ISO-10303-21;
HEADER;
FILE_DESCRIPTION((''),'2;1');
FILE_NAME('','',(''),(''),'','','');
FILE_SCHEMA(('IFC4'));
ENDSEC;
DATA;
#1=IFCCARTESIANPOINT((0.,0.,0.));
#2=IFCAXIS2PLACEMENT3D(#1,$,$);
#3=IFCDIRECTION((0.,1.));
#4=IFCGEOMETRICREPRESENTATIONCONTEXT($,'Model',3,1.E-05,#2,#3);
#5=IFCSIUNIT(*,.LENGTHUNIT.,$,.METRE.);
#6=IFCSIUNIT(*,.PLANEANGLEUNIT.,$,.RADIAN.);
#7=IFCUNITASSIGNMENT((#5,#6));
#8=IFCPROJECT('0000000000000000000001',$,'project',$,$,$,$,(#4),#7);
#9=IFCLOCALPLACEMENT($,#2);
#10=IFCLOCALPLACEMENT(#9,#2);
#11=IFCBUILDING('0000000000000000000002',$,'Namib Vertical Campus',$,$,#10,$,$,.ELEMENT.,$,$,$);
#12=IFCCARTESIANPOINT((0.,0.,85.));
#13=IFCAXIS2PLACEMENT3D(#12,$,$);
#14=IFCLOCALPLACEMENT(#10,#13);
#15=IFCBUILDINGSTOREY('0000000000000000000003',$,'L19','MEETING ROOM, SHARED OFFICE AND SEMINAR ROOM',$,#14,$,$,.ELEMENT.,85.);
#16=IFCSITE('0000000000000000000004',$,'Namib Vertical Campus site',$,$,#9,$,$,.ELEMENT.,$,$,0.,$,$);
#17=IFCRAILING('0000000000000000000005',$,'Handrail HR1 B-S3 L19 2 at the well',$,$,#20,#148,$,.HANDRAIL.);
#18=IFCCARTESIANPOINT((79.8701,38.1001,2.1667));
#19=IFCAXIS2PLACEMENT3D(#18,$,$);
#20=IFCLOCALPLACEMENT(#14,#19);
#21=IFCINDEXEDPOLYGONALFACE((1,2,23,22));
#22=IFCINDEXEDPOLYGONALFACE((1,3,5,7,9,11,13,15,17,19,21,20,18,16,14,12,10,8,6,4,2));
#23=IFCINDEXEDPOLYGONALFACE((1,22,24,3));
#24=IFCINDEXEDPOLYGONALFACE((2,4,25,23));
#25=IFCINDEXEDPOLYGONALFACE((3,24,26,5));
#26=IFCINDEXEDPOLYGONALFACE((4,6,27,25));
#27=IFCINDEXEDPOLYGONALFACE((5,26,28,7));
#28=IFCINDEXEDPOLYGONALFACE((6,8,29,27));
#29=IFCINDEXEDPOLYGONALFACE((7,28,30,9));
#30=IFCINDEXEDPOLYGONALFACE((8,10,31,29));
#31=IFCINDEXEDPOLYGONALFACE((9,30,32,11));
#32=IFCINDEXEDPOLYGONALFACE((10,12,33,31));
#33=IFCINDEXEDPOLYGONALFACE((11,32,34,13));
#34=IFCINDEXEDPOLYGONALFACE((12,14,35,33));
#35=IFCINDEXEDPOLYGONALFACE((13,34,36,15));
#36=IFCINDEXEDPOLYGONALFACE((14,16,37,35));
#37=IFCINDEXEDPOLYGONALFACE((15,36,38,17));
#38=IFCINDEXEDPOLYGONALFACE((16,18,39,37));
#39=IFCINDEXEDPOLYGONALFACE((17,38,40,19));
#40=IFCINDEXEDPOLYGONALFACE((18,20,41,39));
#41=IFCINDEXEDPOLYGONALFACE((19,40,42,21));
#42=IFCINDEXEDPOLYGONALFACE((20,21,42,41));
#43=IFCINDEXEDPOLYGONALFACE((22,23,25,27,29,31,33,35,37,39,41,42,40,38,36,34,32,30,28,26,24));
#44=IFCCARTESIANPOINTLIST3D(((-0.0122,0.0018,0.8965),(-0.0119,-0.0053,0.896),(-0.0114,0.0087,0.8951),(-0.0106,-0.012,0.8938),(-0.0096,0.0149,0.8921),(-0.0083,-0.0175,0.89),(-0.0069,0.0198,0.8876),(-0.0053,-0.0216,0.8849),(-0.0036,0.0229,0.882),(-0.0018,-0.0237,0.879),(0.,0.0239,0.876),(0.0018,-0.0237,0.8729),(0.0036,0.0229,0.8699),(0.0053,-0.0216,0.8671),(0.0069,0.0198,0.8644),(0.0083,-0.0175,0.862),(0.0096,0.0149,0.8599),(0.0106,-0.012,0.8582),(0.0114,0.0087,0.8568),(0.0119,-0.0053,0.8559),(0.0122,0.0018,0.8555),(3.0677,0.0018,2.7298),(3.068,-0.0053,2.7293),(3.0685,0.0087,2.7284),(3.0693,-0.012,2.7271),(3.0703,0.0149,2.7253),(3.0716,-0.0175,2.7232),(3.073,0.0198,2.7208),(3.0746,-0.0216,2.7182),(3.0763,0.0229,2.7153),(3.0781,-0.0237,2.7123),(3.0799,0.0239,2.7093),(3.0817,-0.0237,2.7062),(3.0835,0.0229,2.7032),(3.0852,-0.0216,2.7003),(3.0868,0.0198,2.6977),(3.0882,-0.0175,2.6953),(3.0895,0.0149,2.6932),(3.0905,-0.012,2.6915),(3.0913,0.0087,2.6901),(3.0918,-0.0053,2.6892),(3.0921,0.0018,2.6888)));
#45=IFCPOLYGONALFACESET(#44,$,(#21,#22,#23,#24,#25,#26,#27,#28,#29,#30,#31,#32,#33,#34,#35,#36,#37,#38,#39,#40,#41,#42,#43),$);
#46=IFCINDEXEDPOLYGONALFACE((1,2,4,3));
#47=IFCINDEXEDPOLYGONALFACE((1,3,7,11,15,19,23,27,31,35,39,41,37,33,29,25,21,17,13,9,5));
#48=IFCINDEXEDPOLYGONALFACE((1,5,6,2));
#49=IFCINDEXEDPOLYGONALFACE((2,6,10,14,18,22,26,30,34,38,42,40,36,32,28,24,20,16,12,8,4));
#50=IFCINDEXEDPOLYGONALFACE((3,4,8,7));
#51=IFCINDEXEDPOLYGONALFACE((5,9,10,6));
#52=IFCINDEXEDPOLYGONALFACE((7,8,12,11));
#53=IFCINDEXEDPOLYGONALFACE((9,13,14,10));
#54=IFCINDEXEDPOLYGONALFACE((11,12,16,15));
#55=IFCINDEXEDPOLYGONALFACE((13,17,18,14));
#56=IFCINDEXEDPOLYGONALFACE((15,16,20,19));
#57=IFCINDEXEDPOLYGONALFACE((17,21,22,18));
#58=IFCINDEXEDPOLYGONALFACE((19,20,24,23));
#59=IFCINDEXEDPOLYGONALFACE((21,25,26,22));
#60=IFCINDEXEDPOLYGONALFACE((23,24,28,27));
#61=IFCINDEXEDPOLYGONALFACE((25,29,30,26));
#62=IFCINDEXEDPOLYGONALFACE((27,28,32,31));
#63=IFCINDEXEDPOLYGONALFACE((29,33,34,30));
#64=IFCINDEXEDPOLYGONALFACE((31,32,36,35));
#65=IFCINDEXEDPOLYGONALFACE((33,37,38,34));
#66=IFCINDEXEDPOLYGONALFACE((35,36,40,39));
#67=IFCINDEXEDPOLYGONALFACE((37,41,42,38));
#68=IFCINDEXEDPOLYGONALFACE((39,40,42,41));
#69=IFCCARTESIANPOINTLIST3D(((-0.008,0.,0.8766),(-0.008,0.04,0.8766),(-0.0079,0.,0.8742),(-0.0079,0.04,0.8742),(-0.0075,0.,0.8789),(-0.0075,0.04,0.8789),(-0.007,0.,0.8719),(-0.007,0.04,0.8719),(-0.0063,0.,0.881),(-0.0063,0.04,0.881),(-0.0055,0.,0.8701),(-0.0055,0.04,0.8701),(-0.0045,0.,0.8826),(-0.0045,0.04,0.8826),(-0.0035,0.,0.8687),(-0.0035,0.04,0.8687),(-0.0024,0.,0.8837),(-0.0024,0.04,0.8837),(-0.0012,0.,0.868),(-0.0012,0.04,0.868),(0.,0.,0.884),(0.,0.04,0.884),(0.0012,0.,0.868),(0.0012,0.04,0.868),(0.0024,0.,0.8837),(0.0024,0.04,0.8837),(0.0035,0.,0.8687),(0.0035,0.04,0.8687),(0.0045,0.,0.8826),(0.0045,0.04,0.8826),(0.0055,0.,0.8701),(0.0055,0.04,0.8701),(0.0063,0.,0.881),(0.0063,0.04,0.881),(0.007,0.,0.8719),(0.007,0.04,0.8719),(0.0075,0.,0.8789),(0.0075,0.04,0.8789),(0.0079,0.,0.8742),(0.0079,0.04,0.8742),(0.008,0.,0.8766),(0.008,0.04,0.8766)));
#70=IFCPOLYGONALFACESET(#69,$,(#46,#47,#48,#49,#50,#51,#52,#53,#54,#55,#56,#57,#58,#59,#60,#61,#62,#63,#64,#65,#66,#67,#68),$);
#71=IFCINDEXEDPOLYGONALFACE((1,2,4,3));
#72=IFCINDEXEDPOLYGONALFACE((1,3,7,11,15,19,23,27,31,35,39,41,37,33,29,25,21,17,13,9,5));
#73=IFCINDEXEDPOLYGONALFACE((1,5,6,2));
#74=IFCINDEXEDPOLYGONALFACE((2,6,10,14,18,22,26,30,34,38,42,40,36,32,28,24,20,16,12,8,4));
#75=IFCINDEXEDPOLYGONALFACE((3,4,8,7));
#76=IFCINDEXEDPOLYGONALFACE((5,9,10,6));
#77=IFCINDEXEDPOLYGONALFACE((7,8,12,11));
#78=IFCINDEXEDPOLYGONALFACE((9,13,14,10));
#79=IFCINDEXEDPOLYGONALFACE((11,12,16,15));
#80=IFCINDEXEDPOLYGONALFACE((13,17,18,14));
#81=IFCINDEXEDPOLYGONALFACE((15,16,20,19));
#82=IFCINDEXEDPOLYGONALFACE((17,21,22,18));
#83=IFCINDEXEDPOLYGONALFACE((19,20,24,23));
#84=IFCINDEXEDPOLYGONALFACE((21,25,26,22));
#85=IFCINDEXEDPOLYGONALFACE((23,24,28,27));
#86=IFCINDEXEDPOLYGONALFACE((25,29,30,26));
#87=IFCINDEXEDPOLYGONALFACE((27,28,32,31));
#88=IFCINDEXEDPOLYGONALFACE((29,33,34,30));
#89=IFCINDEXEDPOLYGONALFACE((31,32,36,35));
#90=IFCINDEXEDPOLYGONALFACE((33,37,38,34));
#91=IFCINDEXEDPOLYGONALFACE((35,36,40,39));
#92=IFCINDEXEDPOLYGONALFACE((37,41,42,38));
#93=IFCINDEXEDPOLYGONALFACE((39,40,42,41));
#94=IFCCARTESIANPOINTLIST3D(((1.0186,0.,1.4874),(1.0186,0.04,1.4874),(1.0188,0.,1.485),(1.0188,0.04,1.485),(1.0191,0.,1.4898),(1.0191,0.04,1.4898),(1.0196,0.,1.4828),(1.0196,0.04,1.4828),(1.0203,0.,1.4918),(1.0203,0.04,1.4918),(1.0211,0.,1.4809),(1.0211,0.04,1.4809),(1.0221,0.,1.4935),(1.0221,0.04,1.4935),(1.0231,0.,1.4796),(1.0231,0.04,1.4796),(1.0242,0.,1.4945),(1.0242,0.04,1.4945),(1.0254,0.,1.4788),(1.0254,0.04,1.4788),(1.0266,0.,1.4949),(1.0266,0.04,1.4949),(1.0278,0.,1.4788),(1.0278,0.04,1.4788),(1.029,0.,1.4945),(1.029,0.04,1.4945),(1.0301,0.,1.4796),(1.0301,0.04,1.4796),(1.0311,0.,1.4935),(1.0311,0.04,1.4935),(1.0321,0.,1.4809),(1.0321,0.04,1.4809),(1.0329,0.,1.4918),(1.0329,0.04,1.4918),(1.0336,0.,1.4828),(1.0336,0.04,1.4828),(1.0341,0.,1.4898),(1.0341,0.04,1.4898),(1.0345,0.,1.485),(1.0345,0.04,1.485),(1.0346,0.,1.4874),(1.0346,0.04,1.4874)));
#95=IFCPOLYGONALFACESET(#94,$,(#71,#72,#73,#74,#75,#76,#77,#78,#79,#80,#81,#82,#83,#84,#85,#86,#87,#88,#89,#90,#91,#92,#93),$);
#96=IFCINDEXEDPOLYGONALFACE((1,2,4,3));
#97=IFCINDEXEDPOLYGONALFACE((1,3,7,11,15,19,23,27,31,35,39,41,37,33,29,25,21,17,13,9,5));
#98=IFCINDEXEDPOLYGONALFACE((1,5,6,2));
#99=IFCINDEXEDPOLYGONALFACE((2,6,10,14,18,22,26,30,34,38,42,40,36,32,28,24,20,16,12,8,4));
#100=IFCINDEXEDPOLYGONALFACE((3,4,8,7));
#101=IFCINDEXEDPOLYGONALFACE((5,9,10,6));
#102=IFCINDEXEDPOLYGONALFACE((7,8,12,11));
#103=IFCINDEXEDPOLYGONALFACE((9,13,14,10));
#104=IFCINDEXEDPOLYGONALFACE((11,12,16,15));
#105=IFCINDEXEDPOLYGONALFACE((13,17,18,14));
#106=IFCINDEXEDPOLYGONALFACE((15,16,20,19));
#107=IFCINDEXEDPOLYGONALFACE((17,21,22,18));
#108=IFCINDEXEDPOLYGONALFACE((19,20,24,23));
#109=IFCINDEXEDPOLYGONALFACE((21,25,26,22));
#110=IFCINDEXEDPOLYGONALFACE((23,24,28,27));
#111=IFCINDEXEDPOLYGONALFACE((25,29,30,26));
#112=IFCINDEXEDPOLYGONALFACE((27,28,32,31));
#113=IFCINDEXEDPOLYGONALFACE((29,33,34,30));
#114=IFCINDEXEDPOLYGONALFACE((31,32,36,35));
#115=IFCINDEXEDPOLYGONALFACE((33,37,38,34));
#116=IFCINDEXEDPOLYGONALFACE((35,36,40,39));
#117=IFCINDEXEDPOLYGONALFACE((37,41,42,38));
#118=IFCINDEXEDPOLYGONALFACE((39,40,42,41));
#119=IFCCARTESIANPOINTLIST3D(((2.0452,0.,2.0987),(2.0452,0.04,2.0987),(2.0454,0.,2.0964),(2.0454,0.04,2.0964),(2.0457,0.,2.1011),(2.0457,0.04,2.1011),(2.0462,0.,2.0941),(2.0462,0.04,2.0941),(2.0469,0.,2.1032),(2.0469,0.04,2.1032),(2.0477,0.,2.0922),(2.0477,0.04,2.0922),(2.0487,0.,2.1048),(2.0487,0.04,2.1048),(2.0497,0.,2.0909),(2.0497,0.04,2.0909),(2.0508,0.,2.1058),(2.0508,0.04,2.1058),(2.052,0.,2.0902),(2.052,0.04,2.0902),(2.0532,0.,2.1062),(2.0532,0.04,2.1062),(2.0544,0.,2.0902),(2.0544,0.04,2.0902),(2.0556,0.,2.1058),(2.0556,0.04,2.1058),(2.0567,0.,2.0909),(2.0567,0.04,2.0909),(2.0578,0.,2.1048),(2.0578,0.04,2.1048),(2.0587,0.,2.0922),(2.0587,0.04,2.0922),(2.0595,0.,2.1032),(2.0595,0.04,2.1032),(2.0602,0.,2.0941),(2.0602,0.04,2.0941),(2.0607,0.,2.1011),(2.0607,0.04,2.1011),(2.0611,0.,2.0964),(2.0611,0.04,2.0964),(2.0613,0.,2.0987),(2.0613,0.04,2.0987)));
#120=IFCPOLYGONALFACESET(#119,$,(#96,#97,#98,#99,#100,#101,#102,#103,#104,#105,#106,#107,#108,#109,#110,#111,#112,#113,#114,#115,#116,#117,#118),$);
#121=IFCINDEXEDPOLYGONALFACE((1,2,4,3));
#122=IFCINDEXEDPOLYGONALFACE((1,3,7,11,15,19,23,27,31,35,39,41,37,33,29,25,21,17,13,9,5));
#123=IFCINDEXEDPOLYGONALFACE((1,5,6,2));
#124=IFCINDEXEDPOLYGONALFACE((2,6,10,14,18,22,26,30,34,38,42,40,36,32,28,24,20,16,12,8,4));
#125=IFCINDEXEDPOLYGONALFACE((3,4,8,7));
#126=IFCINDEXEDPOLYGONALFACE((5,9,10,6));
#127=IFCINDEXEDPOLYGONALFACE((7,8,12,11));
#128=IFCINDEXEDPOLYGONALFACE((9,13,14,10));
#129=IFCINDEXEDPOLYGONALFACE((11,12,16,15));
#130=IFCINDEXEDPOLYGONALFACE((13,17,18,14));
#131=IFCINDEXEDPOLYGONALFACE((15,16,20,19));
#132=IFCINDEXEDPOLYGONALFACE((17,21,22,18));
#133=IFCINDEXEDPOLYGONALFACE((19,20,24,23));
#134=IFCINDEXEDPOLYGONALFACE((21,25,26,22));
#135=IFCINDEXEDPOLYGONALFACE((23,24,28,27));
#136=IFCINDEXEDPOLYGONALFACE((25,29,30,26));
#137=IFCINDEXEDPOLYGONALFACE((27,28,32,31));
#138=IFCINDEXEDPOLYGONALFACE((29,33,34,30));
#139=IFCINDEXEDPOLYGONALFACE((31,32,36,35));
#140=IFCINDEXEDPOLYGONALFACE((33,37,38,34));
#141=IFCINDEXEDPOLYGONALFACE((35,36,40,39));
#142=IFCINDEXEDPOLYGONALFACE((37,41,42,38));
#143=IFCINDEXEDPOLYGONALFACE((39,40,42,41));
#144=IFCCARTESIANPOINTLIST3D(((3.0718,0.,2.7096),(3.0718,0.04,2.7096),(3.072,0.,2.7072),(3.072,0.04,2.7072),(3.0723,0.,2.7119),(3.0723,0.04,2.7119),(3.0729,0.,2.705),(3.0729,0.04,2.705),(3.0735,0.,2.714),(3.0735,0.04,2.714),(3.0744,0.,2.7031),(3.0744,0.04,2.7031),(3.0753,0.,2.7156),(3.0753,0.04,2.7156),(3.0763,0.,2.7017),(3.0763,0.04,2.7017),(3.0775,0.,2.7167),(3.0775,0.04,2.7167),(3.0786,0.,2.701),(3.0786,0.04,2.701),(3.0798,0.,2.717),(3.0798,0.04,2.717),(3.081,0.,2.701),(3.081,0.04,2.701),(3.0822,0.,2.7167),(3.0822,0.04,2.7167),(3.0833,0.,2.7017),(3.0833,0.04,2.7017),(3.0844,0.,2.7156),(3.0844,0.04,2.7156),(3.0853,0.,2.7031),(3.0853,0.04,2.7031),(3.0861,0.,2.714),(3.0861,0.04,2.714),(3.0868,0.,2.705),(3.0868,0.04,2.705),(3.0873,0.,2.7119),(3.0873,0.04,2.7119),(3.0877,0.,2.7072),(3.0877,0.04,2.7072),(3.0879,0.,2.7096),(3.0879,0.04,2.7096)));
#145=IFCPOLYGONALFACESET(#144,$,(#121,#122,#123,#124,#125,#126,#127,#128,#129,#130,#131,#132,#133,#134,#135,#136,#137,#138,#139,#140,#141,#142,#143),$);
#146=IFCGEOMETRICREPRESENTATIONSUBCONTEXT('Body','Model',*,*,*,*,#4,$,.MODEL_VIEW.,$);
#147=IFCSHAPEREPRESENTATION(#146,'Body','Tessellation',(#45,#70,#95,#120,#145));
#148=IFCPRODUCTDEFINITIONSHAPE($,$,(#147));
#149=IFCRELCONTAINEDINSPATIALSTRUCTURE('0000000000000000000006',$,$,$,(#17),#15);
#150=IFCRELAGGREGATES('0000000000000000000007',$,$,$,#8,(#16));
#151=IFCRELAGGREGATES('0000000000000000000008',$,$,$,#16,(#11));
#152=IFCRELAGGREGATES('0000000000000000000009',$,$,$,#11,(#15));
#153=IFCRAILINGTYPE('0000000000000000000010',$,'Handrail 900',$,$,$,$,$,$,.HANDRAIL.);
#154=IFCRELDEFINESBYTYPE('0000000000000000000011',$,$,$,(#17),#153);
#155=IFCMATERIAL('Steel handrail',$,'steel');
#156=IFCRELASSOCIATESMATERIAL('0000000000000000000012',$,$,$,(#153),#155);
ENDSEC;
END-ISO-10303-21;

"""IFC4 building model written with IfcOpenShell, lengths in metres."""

from ifc_helpers import new_model, si_unit, direction, frame, origin, origin_2d, place, context, subcontext, project, spatial, circle, extrude, material, type_object, element, save


model = new_model("IFC4")

# Units and contexts
model_context = context("Model", 3, precision=1e-05, world=origin(), true_north=direction((0.0, 1.0)))
body_context = subcontext(model_context, "Body", "Model", "MODEL_VIEW")
ifc_project = project(units=[si_unit("LENGTHUNIT", "METRE"), si_unit("PLANEANGLEUNIT", "RADIAN")], contexts=[model_context])

# Site, building, storey
site_placement = place(None, origin())
site = spatial("IfcSite", under=ifc_project, at=site_placement, Name="Namib Vertical Campus site", CompositionType="ELEMENT", RefElevation=0.0)
building_placement = place(site_placement, origin())
building = spatial("IfcBuilding", under=site, at=building_placement, Name="Namib Vertical Campus", CompositionType="ELEMENT")
storey_placement = place(building_placement, frame((0.0, 0.0, 85.0)))
storey = spatial("IfcBuildingStorey", under=building, at=storey_placement, Name="L19", Description="MEETING ROOM, SHARED OFFICE AND SEMINAR ROOM", CompositionType="ELEMENT", Elevation=85.0)

# Railing
ifc_material_1 = material(Name="Steel handrail", Category="steel")
railing_type_1 = type_object("IfcRailingType", Name="Handrail 900", PredefinedType="HANDRAIL", material=ifc_material_1)
railing_1_placement = place(storey_placement, frame((79.8701, 38.1001, 2.1667)))
element("IfcRailing", 1, at=railing_1_placement, inside=storey, type_object=railing_type_1, Name="Handrail HR1 B-S3 L19 2 at the well", PredefinedType="HANDRAIL", context=body_context, shape_type="SweptSolid", body=[
    extrude(circle(Radius=0.0239, at=origin_2d()), frame((0.0, 0.0, 0.876), z_axis=(0.859291, 0.0, 0.511487), x_axis=(0.0, 1.0, 0.0)), (0.0, 0.0, 1.0), 3.5842),
    extrude(circle(Radius=0.0081, at=origin_2d()), frame((0.0, 0.0, 0.876), z_axis=(0.0, 1.0, 0.0), x_axis=(0.0, 0.0, 1.0)), (0.0, 0.0, 1.0), 0.04),
    extrude(circle(Radius=0.0081, at=origin_2d()), frame((1.0266, 0.0, 1.4868), z_axis=(0.0, 1.0, 0.0), x_axis=(0.0, 0.0, 1.0)), (0.0, 0.0, 1.0), 0.04),
    extrude(circle(Radius=0.0081, at=origin_2d()), frame((2.0532, 0.0, 2.0981), z_axis=(0.0, 1.0, 0.0), x_axis=(0.0, 0.0, 1.0)), (0.0, 0.0, 1.0), 0.04),
    extrude(circle(Radius=0.0081, at=origin_2d()), frame((3.0798, 0.0, 2.709), z_axis=(0.0, 1.0, 0.0), x_axis=(0.0, 0.0, 1.0)), (0.0, 0.0, 1.0), 0.04),
])

save(model, "model.ifc")
